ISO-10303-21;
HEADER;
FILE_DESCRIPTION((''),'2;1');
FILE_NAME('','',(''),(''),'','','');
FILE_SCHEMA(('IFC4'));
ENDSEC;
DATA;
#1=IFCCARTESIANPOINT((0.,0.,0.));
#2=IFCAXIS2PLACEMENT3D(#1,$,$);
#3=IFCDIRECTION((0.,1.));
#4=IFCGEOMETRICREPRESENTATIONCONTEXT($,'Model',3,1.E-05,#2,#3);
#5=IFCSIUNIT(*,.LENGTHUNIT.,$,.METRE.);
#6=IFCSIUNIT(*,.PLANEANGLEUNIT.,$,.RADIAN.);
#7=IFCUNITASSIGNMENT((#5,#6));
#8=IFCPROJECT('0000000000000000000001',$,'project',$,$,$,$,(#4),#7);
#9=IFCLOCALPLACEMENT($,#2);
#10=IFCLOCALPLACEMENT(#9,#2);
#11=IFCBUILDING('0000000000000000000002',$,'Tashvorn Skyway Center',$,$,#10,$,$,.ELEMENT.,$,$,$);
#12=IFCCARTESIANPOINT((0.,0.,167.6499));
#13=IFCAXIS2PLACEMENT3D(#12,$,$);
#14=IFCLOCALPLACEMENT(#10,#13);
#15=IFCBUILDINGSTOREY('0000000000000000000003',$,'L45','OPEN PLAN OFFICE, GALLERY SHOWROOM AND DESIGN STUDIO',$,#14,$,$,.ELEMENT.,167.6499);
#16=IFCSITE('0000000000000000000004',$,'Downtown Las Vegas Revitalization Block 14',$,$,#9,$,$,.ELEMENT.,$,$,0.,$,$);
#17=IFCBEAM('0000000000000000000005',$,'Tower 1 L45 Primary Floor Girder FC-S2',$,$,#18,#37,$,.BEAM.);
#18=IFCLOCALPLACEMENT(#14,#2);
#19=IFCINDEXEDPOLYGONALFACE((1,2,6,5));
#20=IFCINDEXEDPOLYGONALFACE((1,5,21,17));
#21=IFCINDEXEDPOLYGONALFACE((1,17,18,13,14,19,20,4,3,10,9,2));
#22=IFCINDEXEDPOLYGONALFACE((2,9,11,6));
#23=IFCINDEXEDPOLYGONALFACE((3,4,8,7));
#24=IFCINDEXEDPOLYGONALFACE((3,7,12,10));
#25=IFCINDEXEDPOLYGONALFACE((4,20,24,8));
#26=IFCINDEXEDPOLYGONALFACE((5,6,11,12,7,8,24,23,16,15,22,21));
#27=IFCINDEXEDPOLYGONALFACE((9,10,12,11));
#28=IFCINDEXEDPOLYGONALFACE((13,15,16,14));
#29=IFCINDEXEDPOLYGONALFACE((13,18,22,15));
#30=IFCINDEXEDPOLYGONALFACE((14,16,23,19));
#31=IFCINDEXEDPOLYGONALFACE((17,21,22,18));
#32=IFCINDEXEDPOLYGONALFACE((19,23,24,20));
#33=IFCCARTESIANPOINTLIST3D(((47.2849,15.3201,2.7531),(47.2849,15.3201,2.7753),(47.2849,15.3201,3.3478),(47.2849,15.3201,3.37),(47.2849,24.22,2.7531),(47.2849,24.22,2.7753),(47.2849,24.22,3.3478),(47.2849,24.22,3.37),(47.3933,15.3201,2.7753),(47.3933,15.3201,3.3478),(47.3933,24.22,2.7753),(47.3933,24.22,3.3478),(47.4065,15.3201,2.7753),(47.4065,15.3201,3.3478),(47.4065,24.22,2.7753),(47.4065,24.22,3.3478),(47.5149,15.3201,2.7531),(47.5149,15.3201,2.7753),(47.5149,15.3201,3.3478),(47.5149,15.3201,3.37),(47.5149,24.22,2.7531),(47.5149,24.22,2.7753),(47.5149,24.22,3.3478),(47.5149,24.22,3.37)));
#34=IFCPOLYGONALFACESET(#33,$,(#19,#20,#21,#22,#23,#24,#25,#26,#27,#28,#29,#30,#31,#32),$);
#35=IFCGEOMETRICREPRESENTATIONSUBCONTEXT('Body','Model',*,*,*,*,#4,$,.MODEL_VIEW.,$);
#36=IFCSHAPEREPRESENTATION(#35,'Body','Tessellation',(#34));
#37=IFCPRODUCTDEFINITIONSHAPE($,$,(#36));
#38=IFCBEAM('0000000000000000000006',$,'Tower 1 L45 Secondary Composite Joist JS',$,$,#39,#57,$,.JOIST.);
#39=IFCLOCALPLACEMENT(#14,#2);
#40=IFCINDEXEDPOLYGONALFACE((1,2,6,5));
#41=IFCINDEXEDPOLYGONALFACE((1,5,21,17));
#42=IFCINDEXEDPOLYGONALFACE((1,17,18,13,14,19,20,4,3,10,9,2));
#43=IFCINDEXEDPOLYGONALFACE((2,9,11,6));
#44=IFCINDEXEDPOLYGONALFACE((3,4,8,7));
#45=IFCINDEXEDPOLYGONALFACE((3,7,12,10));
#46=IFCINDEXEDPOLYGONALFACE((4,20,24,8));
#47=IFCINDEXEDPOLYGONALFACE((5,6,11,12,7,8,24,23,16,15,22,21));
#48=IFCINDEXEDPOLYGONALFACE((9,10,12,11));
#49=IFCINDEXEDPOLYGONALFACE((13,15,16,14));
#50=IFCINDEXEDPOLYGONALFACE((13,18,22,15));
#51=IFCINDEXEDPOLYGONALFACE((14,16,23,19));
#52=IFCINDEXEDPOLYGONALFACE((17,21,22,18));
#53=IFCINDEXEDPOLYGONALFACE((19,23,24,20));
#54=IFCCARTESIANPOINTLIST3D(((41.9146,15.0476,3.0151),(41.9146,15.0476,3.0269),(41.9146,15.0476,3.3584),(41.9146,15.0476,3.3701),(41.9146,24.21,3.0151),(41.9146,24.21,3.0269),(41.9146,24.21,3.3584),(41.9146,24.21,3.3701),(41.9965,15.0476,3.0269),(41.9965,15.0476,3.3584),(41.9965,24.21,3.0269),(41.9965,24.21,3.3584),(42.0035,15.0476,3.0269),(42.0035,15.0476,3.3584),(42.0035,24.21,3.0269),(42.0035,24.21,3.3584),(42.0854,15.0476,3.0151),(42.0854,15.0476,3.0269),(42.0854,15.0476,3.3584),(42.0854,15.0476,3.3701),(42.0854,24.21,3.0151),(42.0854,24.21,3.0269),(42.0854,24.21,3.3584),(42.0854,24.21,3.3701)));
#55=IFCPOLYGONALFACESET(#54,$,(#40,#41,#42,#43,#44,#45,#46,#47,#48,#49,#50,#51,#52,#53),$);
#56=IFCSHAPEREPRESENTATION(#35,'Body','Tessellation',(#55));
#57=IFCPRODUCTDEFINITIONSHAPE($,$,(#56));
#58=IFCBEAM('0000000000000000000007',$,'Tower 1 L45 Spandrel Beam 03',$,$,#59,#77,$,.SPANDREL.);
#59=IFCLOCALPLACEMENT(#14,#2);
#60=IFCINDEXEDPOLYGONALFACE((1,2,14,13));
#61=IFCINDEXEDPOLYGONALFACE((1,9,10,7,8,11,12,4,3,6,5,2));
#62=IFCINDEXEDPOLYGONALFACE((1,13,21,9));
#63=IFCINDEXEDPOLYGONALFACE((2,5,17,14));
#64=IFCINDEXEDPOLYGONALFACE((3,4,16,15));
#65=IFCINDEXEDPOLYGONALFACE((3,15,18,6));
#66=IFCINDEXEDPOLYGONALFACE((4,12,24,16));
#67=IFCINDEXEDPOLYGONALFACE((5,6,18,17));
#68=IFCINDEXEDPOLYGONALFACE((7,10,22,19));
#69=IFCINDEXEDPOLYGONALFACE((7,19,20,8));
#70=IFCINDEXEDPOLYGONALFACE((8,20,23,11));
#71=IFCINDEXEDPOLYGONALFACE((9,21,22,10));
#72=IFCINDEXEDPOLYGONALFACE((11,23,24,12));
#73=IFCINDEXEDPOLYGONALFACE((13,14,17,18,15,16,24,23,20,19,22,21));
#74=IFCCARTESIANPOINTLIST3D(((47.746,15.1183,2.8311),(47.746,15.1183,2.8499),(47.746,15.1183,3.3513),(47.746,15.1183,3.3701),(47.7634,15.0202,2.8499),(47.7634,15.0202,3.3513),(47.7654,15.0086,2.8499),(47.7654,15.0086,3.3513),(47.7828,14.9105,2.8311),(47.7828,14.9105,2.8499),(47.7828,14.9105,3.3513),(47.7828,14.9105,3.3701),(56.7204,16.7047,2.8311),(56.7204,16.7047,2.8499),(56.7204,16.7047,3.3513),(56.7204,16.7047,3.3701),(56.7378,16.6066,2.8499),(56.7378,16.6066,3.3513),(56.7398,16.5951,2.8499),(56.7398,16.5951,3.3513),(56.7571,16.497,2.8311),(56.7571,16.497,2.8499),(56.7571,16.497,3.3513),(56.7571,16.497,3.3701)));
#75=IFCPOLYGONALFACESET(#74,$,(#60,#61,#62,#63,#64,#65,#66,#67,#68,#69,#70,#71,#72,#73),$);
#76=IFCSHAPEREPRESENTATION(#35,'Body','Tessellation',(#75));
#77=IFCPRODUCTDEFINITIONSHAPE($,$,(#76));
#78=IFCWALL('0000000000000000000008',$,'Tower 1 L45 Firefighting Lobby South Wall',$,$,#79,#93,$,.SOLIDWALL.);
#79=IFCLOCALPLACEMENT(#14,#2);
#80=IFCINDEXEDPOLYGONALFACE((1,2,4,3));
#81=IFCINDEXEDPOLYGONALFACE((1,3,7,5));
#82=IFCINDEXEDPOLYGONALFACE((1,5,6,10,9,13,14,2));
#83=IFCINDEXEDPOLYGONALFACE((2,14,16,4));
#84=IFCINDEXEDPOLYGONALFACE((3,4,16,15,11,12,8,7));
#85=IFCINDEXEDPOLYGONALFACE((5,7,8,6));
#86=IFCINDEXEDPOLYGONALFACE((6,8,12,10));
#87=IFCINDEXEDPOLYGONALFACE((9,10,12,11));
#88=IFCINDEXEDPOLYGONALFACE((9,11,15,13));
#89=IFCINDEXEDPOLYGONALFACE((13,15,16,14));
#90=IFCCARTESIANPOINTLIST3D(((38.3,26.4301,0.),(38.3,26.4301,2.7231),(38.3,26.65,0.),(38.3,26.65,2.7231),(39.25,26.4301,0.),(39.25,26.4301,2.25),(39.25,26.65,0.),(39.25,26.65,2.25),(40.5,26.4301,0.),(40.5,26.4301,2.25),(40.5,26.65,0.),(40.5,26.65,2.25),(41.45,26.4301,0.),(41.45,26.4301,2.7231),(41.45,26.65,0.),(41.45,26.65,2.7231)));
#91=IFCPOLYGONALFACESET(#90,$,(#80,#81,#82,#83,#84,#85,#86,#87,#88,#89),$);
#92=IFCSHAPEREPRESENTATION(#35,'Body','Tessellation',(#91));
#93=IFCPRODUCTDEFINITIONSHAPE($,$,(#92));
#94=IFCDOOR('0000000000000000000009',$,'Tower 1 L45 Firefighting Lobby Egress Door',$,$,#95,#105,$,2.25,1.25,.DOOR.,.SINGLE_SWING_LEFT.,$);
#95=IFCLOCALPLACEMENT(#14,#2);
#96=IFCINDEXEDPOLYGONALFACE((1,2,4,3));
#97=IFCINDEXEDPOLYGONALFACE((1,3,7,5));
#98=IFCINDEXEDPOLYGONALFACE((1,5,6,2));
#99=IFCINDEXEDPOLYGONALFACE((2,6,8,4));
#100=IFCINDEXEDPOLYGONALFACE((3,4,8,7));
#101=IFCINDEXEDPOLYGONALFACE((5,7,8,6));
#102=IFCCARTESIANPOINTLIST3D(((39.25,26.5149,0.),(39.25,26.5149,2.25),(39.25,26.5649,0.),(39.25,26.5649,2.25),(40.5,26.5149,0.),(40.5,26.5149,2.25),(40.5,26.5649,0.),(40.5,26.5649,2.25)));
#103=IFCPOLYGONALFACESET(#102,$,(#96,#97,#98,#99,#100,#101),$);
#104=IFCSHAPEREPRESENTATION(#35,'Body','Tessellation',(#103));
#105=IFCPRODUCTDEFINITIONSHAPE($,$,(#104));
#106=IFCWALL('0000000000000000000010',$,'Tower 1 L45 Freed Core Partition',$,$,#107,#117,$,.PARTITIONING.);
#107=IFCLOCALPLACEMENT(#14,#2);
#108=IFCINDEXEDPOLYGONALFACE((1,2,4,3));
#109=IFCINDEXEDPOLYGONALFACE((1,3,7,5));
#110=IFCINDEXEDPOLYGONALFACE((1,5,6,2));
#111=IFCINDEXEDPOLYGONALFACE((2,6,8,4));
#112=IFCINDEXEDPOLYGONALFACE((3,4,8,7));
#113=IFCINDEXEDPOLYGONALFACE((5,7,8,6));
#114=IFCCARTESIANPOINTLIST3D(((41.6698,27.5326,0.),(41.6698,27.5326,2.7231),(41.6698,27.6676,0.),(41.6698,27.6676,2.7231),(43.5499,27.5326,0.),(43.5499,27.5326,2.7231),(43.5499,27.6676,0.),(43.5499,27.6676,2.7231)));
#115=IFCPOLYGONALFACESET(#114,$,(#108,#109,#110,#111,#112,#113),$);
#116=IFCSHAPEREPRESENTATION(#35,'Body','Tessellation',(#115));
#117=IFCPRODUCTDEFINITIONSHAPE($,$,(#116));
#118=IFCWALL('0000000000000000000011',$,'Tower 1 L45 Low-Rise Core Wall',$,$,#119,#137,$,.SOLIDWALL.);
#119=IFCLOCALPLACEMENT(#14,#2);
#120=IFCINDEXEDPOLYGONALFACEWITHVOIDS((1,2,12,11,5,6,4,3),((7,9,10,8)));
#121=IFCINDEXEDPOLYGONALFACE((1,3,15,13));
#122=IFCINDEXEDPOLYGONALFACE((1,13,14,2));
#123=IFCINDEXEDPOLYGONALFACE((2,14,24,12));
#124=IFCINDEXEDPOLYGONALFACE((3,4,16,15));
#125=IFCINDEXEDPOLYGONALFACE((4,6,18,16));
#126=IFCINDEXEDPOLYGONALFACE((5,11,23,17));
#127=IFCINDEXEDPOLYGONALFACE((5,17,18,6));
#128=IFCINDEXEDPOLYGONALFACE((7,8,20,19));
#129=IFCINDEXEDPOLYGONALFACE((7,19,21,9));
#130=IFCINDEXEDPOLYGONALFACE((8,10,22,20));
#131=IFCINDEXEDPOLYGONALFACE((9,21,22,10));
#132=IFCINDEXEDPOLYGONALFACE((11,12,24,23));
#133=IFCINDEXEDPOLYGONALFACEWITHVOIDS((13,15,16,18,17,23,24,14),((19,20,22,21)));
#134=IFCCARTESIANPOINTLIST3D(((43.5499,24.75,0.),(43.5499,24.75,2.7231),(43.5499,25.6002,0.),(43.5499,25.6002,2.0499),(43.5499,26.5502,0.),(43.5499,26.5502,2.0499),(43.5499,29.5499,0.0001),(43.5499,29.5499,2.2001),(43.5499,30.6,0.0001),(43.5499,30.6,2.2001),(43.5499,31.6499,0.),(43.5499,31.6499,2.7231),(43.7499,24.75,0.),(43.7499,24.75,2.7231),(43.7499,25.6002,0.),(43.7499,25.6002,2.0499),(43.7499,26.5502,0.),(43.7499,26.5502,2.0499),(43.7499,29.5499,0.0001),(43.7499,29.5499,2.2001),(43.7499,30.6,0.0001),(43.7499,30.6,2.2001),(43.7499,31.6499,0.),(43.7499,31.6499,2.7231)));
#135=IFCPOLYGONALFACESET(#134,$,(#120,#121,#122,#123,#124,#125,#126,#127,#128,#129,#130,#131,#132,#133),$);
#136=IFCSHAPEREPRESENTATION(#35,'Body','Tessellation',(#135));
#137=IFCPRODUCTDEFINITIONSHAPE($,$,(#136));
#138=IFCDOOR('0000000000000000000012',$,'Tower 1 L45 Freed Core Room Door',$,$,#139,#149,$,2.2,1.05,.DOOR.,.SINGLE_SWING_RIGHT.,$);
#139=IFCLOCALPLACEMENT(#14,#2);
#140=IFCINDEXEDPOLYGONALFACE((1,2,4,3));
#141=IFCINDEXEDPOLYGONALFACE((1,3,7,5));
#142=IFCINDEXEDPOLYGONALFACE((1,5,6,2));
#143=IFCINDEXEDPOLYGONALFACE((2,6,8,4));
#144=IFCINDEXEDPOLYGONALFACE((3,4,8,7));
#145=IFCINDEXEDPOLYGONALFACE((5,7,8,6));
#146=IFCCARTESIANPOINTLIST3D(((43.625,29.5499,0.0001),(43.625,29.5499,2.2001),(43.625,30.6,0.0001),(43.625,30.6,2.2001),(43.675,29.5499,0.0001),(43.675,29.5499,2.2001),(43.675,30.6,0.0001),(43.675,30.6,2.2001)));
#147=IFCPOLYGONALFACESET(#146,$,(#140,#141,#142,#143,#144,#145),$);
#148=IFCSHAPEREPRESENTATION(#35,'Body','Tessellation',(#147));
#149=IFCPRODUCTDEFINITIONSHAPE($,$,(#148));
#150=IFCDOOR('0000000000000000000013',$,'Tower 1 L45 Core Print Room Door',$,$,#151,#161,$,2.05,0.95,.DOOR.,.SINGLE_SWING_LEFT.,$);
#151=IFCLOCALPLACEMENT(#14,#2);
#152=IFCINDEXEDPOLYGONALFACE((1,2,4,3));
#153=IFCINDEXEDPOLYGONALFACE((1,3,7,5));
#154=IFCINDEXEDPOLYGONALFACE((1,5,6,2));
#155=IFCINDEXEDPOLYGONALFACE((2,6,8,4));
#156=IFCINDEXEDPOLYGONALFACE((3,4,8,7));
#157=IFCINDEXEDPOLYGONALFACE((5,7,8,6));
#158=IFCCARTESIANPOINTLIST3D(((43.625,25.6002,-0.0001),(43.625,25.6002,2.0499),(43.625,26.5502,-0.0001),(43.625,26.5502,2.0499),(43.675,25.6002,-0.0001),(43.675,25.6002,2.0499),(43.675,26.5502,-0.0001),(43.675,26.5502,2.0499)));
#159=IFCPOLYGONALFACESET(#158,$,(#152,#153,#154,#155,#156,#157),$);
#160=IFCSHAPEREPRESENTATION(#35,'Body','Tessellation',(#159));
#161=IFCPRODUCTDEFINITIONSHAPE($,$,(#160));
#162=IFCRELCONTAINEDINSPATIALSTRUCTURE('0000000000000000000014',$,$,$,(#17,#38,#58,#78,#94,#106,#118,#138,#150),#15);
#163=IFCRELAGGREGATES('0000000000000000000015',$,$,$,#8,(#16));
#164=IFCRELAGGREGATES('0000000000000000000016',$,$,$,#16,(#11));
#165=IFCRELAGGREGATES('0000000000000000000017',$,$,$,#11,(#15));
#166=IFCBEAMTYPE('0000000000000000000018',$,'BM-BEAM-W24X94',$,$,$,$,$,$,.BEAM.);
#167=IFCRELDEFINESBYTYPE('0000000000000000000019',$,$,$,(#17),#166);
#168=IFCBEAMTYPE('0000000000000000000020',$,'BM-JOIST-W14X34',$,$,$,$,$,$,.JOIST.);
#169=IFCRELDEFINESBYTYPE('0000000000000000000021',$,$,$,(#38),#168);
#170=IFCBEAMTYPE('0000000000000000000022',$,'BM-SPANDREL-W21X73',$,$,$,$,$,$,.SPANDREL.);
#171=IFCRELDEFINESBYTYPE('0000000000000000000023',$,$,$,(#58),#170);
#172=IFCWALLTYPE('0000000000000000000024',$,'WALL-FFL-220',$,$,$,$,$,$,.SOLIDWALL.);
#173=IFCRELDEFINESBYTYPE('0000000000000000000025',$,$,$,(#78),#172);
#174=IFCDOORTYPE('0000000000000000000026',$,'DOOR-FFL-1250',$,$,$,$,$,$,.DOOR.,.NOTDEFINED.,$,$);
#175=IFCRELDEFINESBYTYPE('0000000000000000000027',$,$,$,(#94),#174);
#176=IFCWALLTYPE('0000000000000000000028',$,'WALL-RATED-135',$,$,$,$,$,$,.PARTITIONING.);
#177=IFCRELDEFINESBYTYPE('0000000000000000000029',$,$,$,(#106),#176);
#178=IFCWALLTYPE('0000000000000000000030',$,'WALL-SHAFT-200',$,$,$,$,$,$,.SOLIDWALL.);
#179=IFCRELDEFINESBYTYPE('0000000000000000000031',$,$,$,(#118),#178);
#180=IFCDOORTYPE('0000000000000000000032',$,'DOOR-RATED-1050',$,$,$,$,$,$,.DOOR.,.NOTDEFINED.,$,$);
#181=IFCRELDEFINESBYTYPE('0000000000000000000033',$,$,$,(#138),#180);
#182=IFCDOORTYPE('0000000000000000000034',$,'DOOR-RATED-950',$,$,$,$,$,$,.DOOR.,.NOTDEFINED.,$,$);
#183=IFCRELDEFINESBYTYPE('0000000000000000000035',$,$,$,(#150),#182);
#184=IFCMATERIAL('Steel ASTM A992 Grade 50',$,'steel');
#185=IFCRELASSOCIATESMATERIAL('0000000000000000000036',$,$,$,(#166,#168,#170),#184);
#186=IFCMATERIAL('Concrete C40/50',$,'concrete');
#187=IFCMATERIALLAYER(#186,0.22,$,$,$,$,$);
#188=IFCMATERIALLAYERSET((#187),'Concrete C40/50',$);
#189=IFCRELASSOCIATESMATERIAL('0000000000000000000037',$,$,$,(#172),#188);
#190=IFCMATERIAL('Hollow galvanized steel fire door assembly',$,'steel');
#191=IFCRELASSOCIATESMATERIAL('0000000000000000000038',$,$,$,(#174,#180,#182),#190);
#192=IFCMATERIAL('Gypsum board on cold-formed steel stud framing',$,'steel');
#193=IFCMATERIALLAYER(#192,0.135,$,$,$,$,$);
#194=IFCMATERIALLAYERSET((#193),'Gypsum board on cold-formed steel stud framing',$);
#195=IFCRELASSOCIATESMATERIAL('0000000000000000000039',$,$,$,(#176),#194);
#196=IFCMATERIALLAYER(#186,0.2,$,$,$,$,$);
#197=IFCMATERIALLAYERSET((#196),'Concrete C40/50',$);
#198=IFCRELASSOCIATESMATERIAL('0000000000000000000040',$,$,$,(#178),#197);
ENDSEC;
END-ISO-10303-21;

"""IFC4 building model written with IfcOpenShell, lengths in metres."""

from ifc_helpers import new_model, si_unit, direction, frame, frame_2d, origin, origin_2d, place, context, subcontext, project, spatial, rectangle, i_section, extrude, material, layer, layer_set, material_profile, profile_set, type_object, element, fill, save


model = new_model("IFC4")

# Units and contexts
model_context = context("Model", 3, precision=1e-05, world=origin(), true_north=direction((0.0, 1.0)))
body_context = subcontext(model_context, "Body", "Model", "MODEL_VIEW")
ifc_project = project(units=[si_unit("LENGTHUNIT", "METRE"), si_unit("PLANEANGLEUNIT", "RADIAN")], contexts=[model_context])

# Site, building, storey
site_placement = place(None, origin())
site = spatial("IfcSite", under=ifc_project, at=site_placement, Name="Downtown Las Vegas Revitalization Block 14", CompositionType="ELEMENT", RefElevation=0.0)
building_placement = place(site_placement, origin())
building = spatial("IfcBuilding", under=site, at=building_placement, Name="Tashvorn Skyway Center", CompositionType="ELEMENT")
storey_placement = place(building_placement, frame((0.0, 0.0, 167.6499)))
storey = spatial("IfcBuildingStorey", under=building, at=storey_placement, Name="L45", Description="OPEN PLAN OFFICE, GALLERY SHOWROOM AND DESIGN STUDIO", CompositionType="ELEMENT", Elevation=167.6499)

# Beams
ifc_material_1 = material(Name="Steel ASTM A992 Grade 50", Category="steel")
ifc_material_profile_1 = material_profile(ifc_material_1, i_section(OverallWidth=0.23, OverallDepth=0.6169, WebThickness=0.0132, FlangeThickness=0.0222, at=origin_2d()), Name="W24X94")
ifc_profile_set_1 = profile_set([ifc_material_profile_1], Name="Steel ASTM A992 Grade 50")
beam_type_1 = type_object("IfcBeamType", Name="BM-BEAM-W24X94", PredefinedType="BEAM", material=ifc_profile_set_1)
beam_1_placement = place(storey_placement, frame((47.3999, 15.3201, 3.0615), z_axis=(0.0, 1.0, 0.0), x_axis=(-1.0, 0.0, 0.0)))
element("IfcBeam", 1, at=beam_1_placement, inside=storey, type_object=beam_type_1, Name="Tower 1 L45 Primary Floor Girder FC-S2", PredefinedType="BEAM", context=body_context, shape_type="SweptSolid", body=[
    extrude(i_section(OverallWidth=0.23, OverallDepth=0.6169, WebThickness=0.0132, FlangeThickness=0.0222, at=origin_2d()), origin(), (0.0, 0.0, 1.0), 8.8999),
])
ifc_material_profile_2 = material_profile(ifc_material_1, i_section(OverallWidth=0.1709, OverallDepth=0.355, WebThickness=0.0071, FlangeThickness=0.0117, at=origin_2d()), Name="W14X34")
ifc_profile_set_2 = profile_set([ifc_material_profile_2], Name="Steel ASTM A992 Grade 50")
beam_type_2 = type_object("IfcBeamType", Name="BM-JOIST-W14X34", PredefinedType="JOIST", material=ifc_profile_set_2)
beam_2_placement = place(storey_placement, frame((42.0, 24.21, 3.1926), z_axis=(0.0, -1.0, 0.0), x_axis=(1.0, 0.0, 0.0)))
element("IfcBeam", 2, at=beam_2_placement, inside=storey, type_object=beam_type_2, Name="Tower 1 L45 Secondary Composite Joist JS", PredefinedType="JOIST", context=body_context, shape_type="SweptSolid", body=[
    extrude(i_section(OverallWidth=0.1709, OverallDepth=0.355, WebThickness=0.0071, FlangeThickness=0.0117, at=origin_2d()), origin(), (0.0, 0.0, 1.0), 9.1624),
])
ifc_material_profile_3 = material_profile(ifc_material_1, i_section(OverallWidth=0.2109, OverallDepth=0.5391, WebThickness=0.0117, FlangeThickness=0.0188, at=origin_2d()), Name="W21X73")
ifc_profile_set_3 = profile_set([ifc_material_profile_3], Name="Steel ASTM A992 Grade 50")
beam_type_3 = type_object("IfcBeamType", Name="BM-SPANDREL-W21X73", PredefinedType="SPANDREL", material=ifc_profile_set_3)
beam_3_placement = place(storey_placement, frame((47.7644, 15.0144, 3.1006), z_axis=(0.984733, 0.174074, 0.0), x_axis=(-0.174074, 0.984733, 0.0)))
element("IfcBeam", 3, at=beam_3_placement, inside=storey, type_object=beam_type_3, Name="Tower 1 L45 Spandrel Beam 03", PredefinedType="SPANDREL", context=body_context, shape_type="SweptSolid", body=[
    extrude(i_section(OverallWidth=0.2109, OverallDepth=0.5391, WebThickness=0.0117, FlangeThickness=0.0188, at=origin_2d()), origin(), (0.0, 0.0, 1.0), 9.1135),
])

# Wall, opening, door
ifc_material_2 = material(Name="Concrete C40/50", Category="concrete")
ifc_layer_1 = layer(ifc_material_2, 0.22)
ifc_layer_set_1 = layer_set([ifc_layer_1], Name="Concrete C40/50")
wall_type_1 = type_object("IfcWallType", Name="WALL-FFL-220", PredefinedType="SOLIDWALL", material=ifc_layer_set_1)
wall_1_placement = place(storey_placement, frame((38.3, 26.54, 0.0), z_axis=(0.0, 0.0, 1.0), x_axis=(1.0, 0.0, 0.0)))
wall_1 = element("IfcWall", 4, at=wall_1_placement, inside=storey, type_object=wall_type_1, Name="Tower 1 L45 Firefighting Lobby South Wall", PredefinedType="SOLIDWALL", context=body_context, shape_type="SweptSolid", body=[
    extrude(rectangle(XDim=3.1499, YDim=0.22, at=frame_2d((1.575, 0.0))), origin(), (0.0, 0.0, 1.0), 2.7231),
])
opening_1_placement = place(wall_1_placement, frame((0.95, 0.0, 0.0)))
opening_1 = element("IfcOpeningElement", 5, at=opening_1_placement, cuts=wall_1, PredefinedType="OPENING", context=body_context, shape_type="SweptSolid", body=[
    extrude(rectangle(XDim=1.25, YDim=2.25, at=frame_2d((0.625, 1.125))), frame((0.0, 0.1199, 0.0), z_axis=(0.0, -1.0, 0.0), x_axis=(1.0, 0.0, 0.0)), (0.0, 0.0, 1.0), 0.24),
])
ifc_material_3 = material(Name="Hollow galvanized steel fire door assembly", Category="steel")
door_type_1 = type_object("IfcDoorType", Name="DOOR-FFL-1250", OperationType="NOTDEFINED", PredefinedType="DOOR", material=ifc_material_3)
door_1_placement = place(opening_1_placement, origin())
door_1 = element("IfcDoor", 6, at=door_1_placement, inside=storey, type_object=door_type_1, Name="Tower 1 L45 Firefighting Lobby Egress Door", OperationType="SINGLE_SWING_LEFT", OverallHeight=2.25, OverallWidth=1.25, PredefinedType="DOOR", context=body_context, shape_type="SweptSolid", body=[
    extrude(rectangle(XDim=1.25, YDim=2.25, at=frame_2d((0.625, 1.125))), frame((0.0, 0.0249, 0.0), z_axis=(0.0, -1.0, 0.0), x_axis=(1.0, 0.0, 0.0)), (0.0, 0.0, 1.0), 0.05),
])
fill(opening_1, door_1)

# Wall
ifc_material_4 = material(Name="Gypsum board on cold-formed steel stud framing", Category="steel")
ifc_layer_2 = layer(ifc_material_4, 0.135)
ifc_layer_set_2 = layer_set([ifc_layer_2], Name="Gypsum board on cold-formed steel stud framing")
wall_type_2 = type_object("IfcWallType", Name="WALL-RATED-135", PredefinedType="PARTITIONING", material=ifc_layer_set_2)
wall_2_placement = place(storey_placement, frame((41.6699, 27.6001, 0.0), z_axis=(0.0, 0.0, 1.0), x_axis=(1.0, 0.0, 0.0)))
element("IfcWall", 7, at=wall_2_placement, inside=storey, type_object=wall_type_2, Name="Tower 1 L45 Freed Core Partition", PredefinedType="PARTITIONING", context=body_context, shape_type="SweptSolid", body=[
    extrude(rectangle(XDim=1.8801, YDim=0.135, at=frame_2d((0.9399, 0.0))), origin(), (0.0, 0.0, 1.0), 2.7231),
])

# Wall, openings, doors
ifc_layer_3 = layer(ifc_material_2, 0.2)
ifc_layer_set_3 = layer_set([ifc_layer_3], Name="Concrete C40/50")
wall_type_3 = type_object("IfcWallType", Name="WALL-SHAFT-200", PredefinedType="SOLIDWALL", material=ifc_layer_set_3)
wall_3_placement = place(storey_placement, frame((43.6499, 24.75, 0.0), z_axis=(0.0, 0.0, 1.0), x_axis=(0.0, 1.0, 0.0)))
wall_3 = element("IfcWall", 8, at=wall_3_placement, inside=storey, type_object=wall_type_3, Name="Tower 1 L45 Low-Rise Core Wall", PredefinedType="SOLIDWALL", context=body_context, shape_type="SweptSolid", body=[
    extrude(rectangle(XDim=6.8999, YDim=0.2, at=frame_2d((3.45, 0.0))), origin(), (0.0, 0.0, 1.0), 2.7231),
])
opening_2_placement = place(wall_3_placement, frame((0.8501, 0.0, 0.0)))
opening_2 = element("IfcOpeningElement", 9, at=opening_2_placement, cuts=wall_3, PredefinedType="OPENING", context=body_context, shape_type="SweptSolid", body=[
    extrude(rectangle(XDim=0.95, YDim=2.05, at=frame_2d((0.4751, 1.0249))), frame((0.0, 0.1099, 0.0), z_axis=(0.0, -1.0, 0.0), x_axis=(1.0, 0.0, 0.0)), (0.0, 0.0, 1.0), 0.22),
])
opening_3_placement = place(wall_3_placement, frame((4.8, 0.0, 0.0)))
opening_3 = element("IfcOpeningElement", 10, at=opening_3_placement, cuts=wall_3, PredefinedType="OPENING", context=body_context, shape_type="SweptSolid", body=[
    extrude(rectangle(XDim=1.05, YDim=2.2, at=frame_2d((0.5249, 1.1001))), frame((0.0, 0.1099, 0.0), z_axis=(0.0, -1.0, 0.0), x_axis=(1.0, 0.0, 0.0)), (0.0, 0.0, 1.0), 0.22),
])
door_type_2 = type_object("IfcDoorType", Name="DOOR-RATED-1050", OperationType="NOTDEFINED", PredefinedType="DOOR", material=ifc_material_3)
door_2_placement = place(opening_3_placement, origin())
door_2 = element("IfcDoor", 11, at=door_2_placement, inside=storey, type_object=door_type_2, Name="Tower 1 L45 Freed Core Room Door", OperationType="SINGLE_SWING_RIGHT", OverallHeight=2.2, OverallWidth=1.05, PredefinedType="DOOR", context=body_context, shape_type="SweptSolid", body=[
    extrude(rectangle(XDim=1.05, YDim=2.2, at=frame_2d((0.5249, 1.1001))), frame((0.0, 0.0249, 0.0), z_axis=(0.0, -1.0, 0.0), x_axis=(1.0, 0.0, 0.0)), (0.0, 0.0, 1.0), 0.05),
])
fill(opening_3, door_2)
door_type_3 = type_object("IfcDoorType", Name="DOOR-RATED-950", OperationType="NOTDEFINED", PredefinedType="DOOR", material=ifc_material_3)
door_3_placement = place(opening_2_placement, origin())
door_3 = element("IfcDoor", 12, at=door_3_placement, inside=storey, type_object=door_type_3, Name="Tower 1 L45 Core Print Room Door", OperationType="SINGLE_SWING_LEFT", OverallHeight=2.05, OverallWidth=0.95, PredefinedType="DOOR", context=body_context, shape_type="SweptSolid", body=[
    extrude(rectangle(XDim=0.95, YDim=2.05, at=frame_2d((0.4751, 1.0249))), frame((0.0, 0.0249, 0.0), z_axis=(0.0, -1.0, 0.0), x_axis=(1.0, 0.0, 0.0)), (0.0, 0.0, 1.0), 0.05),
])
fill(opening_2, door_3)

save(model, "model.ifc")
